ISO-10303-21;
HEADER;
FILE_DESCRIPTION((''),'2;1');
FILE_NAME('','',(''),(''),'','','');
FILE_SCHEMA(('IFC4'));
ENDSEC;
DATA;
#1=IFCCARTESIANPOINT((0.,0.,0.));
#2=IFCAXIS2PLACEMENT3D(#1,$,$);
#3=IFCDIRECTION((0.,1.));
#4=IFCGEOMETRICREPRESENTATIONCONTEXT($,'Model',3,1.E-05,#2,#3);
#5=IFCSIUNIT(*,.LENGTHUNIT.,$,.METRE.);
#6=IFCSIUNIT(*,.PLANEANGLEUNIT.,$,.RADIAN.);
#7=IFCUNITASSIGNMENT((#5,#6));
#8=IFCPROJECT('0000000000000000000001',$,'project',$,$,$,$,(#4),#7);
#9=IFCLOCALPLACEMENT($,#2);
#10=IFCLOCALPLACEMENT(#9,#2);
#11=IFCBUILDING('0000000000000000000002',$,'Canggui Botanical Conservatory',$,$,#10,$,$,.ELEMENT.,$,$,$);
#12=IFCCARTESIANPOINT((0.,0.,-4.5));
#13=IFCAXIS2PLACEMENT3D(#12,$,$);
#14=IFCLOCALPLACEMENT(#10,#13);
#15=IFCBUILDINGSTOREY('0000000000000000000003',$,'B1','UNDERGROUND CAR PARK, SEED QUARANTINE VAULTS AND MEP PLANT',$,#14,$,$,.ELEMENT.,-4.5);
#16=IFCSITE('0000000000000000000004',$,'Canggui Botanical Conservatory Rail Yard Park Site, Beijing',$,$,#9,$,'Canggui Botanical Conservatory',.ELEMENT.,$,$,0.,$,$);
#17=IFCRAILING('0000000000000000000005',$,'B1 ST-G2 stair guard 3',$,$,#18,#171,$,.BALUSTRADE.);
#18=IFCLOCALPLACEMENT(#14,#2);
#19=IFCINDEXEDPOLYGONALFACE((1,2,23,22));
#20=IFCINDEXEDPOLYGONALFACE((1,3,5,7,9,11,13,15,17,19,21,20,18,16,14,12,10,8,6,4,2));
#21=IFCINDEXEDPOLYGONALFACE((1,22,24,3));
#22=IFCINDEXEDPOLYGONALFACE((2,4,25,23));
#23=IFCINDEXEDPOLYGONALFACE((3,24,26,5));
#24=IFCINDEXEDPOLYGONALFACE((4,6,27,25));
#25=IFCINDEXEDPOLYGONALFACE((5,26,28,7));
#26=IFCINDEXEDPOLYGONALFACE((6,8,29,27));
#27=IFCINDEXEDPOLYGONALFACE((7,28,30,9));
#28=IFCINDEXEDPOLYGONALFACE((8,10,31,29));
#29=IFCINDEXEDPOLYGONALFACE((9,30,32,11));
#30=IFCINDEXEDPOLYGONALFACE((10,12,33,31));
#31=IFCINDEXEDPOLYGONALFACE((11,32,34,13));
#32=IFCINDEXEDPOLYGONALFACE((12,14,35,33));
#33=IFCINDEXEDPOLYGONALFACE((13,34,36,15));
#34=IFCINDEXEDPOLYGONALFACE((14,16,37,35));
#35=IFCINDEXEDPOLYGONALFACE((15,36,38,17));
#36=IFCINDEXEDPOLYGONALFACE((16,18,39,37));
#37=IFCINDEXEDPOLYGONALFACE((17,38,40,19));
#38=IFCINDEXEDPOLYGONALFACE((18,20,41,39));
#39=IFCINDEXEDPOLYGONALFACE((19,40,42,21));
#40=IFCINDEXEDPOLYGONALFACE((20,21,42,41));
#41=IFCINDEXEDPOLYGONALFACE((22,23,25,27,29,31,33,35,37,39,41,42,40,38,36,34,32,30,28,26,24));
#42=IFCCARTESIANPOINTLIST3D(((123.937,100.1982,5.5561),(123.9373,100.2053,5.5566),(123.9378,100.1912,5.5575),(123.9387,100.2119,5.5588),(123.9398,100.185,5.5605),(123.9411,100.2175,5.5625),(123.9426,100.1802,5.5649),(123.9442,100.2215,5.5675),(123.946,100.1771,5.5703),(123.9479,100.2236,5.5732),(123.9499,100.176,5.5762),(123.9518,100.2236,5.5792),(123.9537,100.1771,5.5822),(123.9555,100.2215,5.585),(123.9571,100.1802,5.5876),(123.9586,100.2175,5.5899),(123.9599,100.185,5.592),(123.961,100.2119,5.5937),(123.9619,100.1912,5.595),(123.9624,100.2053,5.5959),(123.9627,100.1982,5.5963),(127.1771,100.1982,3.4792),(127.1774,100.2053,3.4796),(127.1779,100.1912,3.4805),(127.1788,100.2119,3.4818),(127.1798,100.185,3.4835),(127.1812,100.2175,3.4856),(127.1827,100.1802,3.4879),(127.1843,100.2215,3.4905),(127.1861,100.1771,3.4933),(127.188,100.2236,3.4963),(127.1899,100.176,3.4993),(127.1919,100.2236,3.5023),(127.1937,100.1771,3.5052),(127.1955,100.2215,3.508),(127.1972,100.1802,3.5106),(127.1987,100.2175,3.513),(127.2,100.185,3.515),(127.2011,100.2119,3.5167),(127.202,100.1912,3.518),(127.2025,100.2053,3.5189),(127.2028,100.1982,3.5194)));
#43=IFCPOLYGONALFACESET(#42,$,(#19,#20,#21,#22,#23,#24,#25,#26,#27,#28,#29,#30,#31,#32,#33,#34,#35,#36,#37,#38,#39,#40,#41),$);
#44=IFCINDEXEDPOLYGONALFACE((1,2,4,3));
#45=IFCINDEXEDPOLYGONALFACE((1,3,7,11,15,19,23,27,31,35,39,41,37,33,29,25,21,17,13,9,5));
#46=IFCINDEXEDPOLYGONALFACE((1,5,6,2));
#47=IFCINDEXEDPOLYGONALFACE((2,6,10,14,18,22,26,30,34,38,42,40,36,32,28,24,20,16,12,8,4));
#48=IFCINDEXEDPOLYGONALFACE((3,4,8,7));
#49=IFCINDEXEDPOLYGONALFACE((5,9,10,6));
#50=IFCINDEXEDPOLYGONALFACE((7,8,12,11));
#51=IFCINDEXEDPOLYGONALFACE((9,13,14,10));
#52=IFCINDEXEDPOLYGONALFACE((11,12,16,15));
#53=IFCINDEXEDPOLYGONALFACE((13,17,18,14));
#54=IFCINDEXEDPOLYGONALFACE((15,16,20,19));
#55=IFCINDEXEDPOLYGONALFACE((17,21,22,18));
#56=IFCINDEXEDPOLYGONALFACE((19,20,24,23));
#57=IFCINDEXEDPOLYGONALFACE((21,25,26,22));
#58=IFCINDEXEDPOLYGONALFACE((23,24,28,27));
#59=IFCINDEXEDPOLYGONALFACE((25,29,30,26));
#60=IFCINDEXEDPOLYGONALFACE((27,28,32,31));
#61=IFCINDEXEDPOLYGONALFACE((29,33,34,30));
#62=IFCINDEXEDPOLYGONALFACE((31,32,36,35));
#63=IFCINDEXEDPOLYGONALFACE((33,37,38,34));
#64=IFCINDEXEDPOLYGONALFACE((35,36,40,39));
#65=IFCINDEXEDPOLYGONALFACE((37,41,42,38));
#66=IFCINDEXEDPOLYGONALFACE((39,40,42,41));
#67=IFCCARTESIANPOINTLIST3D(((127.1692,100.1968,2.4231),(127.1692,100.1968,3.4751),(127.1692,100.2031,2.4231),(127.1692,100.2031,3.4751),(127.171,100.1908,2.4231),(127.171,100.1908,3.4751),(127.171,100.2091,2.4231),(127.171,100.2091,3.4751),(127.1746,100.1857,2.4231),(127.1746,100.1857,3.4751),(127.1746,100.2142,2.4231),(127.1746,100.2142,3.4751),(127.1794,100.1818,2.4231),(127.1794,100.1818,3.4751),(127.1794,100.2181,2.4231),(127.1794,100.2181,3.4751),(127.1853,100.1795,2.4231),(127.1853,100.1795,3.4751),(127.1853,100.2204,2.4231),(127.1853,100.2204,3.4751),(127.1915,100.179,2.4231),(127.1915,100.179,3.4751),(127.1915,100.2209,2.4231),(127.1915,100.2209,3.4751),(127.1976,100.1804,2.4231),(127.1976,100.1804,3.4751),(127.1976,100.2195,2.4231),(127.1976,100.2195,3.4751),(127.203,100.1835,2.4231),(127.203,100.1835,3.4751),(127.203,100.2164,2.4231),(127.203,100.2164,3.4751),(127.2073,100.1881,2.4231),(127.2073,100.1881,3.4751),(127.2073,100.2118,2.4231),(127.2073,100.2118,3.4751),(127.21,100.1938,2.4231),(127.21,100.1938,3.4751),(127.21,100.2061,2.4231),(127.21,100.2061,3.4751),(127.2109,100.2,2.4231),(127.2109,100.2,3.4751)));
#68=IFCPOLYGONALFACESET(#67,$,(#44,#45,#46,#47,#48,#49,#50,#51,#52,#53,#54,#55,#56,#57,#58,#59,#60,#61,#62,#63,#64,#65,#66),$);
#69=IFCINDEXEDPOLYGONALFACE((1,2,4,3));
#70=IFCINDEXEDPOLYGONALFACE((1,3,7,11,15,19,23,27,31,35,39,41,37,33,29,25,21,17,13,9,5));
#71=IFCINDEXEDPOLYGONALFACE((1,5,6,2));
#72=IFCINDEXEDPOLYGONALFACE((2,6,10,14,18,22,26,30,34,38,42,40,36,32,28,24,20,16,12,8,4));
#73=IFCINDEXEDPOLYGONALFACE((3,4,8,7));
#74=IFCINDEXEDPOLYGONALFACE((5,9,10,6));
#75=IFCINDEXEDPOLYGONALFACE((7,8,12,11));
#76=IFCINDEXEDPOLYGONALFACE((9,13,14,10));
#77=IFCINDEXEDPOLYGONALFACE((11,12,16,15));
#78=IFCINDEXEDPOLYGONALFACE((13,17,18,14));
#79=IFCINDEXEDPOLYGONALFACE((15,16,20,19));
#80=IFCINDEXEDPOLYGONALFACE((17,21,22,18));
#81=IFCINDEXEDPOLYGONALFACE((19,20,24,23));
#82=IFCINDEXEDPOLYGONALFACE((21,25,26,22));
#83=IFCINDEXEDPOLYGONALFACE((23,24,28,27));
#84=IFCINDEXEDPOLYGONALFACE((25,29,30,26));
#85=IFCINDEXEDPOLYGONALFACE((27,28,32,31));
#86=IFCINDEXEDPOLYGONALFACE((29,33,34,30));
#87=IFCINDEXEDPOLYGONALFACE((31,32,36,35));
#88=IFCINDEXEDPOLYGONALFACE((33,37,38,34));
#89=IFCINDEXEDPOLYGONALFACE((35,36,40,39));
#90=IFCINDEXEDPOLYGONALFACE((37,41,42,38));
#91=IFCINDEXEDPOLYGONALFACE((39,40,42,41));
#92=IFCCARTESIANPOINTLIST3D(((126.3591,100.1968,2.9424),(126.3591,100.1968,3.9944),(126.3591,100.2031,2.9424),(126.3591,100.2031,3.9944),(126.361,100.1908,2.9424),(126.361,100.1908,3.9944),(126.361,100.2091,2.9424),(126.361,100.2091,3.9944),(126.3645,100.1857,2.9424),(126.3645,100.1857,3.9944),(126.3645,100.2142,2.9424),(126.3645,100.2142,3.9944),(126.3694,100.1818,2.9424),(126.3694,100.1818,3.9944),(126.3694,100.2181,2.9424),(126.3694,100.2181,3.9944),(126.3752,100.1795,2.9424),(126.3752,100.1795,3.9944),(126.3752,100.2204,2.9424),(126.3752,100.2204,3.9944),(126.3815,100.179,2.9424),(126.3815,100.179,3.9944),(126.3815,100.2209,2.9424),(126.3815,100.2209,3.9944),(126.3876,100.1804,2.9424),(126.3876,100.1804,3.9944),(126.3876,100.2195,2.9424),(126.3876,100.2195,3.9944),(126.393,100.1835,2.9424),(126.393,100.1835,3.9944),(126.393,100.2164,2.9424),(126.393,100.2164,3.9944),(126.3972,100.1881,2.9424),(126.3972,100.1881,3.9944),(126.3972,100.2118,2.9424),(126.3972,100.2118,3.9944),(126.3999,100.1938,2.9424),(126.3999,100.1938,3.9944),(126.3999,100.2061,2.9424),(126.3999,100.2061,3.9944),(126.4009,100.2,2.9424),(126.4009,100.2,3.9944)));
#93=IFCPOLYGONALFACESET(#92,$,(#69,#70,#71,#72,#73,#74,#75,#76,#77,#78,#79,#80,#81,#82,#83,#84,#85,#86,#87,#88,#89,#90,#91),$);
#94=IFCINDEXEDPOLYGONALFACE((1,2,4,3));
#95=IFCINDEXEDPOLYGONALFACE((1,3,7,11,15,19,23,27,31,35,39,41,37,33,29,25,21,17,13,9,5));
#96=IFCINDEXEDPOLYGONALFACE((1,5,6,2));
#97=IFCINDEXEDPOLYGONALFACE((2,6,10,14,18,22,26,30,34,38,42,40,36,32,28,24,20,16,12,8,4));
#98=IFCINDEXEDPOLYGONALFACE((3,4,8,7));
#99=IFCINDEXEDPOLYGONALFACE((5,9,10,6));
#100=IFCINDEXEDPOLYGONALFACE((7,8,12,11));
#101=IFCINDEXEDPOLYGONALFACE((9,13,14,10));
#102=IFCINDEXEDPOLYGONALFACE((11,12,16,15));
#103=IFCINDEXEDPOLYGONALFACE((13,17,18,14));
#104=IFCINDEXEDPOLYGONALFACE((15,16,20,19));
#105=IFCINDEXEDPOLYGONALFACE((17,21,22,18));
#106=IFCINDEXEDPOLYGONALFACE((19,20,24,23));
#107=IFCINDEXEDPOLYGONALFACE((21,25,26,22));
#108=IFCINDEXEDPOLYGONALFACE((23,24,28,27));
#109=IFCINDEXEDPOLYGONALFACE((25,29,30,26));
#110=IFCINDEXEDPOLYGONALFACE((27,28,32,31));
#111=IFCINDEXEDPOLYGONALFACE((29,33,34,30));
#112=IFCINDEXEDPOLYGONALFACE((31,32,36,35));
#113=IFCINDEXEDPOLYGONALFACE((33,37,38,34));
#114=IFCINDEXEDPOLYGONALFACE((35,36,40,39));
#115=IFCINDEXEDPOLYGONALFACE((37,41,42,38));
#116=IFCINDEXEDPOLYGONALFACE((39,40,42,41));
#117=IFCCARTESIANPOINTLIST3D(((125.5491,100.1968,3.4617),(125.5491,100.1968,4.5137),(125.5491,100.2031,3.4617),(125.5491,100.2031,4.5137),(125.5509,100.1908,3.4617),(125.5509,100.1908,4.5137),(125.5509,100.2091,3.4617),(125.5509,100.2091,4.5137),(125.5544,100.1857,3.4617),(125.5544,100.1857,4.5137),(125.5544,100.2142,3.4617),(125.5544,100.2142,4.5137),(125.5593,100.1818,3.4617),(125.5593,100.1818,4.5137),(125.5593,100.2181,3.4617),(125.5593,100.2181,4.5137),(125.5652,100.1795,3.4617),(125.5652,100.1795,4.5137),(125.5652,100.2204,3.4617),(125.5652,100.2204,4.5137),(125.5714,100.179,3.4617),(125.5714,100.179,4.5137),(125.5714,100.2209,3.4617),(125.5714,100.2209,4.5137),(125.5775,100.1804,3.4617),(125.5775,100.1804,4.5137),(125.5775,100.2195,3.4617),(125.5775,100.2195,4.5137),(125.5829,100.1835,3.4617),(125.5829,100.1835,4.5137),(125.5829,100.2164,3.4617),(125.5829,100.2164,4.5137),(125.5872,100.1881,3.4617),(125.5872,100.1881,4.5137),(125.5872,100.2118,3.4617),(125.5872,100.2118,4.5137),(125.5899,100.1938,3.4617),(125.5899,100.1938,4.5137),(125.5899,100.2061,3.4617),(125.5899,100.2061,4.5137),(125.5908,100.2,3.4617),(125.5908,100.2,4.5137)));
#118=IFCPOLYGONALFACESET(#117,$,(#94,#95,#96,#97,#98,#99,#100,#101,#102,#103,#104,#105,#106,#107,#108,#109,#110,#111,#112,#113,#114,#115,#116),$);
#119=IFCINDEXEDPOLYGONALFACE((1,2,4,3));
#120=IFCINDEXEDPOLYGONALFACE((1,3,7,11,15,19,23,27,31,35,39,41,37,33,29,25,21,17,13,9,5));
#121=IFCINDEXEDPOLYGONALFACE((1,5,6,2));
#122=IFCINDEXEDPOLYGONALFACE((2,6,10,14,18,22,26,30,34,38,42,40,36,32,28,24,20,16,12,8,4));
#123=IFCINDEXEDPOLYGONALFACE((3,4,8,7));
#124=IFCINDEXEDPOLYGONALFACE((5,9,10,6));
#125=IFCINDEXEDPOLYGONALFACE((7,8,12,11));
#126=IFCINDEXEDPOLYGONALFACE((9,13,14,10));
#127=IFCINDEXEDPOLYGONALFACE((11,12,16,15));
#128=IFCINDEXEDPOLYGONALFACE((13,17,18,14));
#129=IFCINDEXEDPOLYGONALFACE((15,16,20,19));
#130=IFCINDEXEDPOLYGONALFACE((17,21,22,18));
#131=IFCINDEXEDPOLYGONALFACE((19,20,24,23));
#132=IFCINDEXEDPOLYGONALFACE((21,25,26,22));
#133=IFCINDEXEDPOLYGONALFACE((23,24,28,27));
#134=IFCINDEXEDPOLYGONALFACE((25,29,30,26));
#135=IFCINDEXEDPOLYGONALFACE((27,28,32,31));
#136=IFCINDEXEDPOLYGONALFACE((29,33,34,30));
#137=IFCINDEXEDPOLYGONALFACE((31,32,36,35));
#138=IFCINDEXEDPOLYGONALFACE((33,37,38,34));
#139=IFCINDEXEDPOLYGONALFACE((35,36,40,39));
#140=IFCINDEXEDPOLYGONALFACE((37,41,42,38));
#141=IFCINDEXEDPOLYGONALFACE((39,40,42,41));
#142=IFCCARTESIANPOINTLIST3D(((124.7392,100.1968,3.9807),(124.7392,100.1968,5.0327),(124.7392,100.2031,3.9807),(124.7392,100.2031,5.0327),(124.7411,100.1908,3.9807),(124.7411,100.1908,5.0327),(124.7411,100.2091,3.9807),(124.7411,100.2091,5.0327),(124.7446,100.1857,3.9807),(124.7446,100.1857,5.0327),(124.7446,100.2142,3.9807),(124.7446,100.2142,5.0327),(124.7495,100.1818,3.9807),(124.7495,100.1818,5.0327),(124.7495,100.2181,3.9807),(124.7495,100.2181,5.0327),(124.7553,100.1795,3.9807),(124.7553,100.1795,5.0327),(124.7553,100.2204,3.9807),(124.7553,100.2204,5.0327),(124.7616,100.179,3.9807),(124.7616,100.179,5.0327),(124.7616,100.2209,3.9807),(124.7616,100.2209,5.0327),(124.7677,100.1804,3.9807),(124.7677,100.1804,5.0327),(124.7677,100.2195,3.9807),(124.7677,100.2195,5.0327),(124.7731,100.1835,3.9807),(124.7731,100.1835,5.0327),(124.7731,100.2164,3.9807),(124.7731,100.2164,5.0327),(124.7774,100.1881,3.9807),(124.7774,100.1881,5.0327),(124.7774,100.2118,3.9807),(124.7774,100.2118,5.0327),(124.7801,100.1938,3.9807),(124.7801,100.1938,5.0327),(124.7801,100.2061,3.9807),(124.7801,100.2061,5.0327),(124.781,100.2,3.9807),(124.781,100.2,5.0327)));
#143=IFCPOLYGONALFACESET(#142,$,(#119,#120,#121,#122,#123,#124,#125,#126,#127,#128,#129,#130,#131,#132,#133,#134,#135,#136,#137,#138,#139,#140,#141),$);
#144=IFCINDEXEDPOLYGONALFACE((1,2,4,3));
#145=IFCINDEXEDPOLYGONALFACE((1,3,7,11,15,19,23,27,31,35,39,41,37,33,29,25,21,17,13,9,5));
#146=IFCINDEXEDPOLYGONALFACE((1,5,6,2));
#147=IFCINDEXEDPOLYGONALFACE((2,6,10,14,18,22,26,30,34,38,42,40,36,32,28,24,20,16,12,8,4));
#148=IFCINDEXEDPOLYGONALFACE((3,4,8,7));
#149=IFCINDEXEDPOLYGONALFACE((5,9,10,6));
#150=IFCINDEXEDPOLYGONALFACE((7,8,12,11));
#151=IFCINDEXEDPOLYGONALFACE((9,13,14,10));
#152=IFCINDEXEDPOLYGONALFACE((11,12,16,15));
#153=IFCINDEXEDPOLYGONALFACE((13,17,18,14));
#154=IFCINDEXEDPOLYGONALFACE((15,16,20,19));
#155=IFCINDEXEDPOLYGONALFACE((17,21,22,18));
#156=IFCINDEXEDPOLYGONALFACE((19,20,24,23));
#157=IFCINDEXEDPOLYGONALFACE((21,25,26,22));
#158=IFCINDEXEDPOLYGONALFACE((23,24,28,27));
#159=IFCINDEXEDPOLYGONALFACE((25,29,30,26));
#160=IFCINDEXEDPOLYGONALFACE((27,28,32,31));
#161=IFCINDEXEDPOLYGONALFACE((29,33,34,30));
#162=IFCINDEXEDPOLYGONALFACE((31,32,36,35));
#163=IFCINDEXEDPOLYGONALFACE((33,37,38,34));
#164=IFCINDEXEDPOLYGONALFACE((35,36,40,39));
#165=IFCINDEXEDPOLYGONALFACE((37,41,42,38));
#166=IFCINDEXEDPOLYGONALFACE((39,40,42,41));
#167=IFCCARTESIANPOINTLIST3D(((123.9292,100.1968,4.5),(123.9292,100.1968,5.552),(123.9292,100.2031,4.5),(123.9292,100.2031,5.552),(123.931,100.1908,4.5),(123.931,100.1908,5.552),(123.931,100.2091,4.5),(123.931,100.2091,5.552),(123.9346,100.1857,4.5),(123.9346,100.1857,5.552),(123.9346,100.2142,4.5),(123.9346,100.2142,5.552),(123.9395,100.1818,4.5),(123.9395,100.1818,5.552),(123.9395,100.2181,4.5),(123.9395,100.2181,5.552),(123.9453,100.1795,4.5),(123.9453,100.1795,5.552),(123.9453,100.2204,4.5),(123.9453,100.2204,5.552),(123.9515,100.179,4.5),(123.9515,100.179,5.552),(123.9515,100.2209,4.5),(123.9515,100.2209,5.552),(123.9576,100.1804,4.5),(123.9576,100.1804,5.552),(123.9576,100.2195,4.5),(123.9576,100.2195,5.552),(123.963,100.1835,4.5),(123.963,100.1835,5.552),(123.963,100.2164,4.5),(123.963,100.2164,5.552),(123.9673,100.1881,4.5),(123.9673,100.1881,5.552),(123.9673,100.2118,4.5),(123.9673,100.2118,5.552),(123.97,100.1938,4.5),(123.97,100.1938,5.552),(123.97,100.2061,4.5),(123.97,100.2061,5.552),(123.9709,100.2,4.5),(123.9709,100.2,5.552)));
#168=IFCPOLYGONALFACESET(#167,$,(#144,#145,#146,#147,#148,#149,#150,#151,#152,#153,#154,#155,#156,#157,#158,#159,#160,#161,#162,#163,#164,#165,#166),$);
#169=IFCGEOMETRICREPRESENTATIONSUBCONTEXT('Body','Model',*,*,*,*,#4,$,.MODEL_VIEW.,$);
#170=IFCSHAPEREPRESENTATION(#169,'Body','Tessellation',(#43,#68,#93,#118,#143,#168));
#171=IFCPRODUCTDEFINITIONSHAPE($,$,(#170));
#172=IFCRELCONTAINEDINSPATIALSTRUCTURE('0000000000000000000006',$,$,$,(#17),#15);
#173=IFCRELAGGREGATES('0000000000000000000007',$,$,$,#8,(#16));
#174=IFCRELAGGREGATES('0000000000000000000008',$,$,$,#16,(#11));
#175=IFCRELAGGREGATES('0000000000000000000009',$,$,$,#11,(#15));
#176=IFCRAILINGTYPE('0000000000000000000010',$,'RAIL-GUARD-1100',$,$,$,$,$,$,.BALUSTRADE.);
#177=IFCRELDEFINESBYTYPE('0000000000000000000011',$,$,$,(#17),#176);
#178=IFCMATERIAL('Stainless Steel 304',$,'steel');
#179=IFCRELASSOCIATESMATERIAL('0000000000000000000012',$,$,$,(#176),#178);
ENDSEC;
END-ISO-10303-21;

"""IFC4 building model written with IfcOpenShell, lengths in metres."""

from ifc_helpers import new_model, si_unit, direction, frame, origin, origin_2d, place, context, subcontext, project, spatial, circle, extrude, material, type_object, element, save


model = new_model("IFC4")

# Units and contexts
model_context = context("Model", 3, precision=1e-05, world=origin(), true_north=direction((0.0, 1.0)))
body_context = subcontext(model_context, "Body", "Model", "MODEL_VIEW")
ifc_project = project(units=[si_unit("LENGTHUNIT", "METRE"), si_unit("PLANEANGLEUNIT", "RADIAN")], contexts=[model_context])

# Site, building, storey
site_placement = place(None, origin())
site = spatial("IfcSite", under=ifc_project, at=site_placement, Name="Canggui Botanical Conservatory Rail Yard Park Site, Beijing", LongName="Canggui Botanical Conservatory", CompositionType="ELEMENT", RefElevation=0.0)
building_placement = place(site_placement, origin())
building = spatial("IfcBuilding", under=site, at=building_placement, Name="Canggui Botanical Conservatory", CompositionType="ELEMENT")
storey_placement = place(building_placement, frame((0.0, 0.0, -4.5)))
storey = spatial("IfcBuildingStorey", under=building, at=storey_placement, Name="B1", Description="UNDERGROUND CAR PARK, SEED QUARANTINE VAULTS AND MEP PLANT", CompositionType="ELEMENT", Elevation=-4.5)

# Railing
ifc_material_1 = material(Name="Stainless Steel 304", Category="steel")
railing_type_1 = type_object("IfcRailingType", Name="RAIL-GUARD-1100", PredefinedType="BALUSTRADE", material=ifc_material_1)
railing_1_placement = place(storey_placement, frame((127.1899, 100.2, 2.4231)))
element("IfcRailing", 1, at=railing_1_placement, inside=storey, type_object=railing_type_1, Name="B1 ST-G2 stair guard 3", PredefinedType="BALUSTRADE", context=body_context, shape_type="SweptSolid", body=[
    extrude(circle(Radius=0.0239, at=origin_2d()), frame((0.0, 0.0, 1.0762), z_axis=(-0.841881, 0.0, 0.539664), x_axis=(0.0, -1.0, 0.0)), (0.0, 0.0, 1.0), 3.8486),
    extrude(circle(Radius=0.021, at=origin_2d()), origin(), (0.0, 0.0, 1.0), 1.052),
    extrude(circle(Radius=0.021, at=origin_2d()), frame((-0.8101, 0.0, 0.5193)), (0.0, 0.0, 1.0), 1.052),
    extrude(circle(Radius=0.021, at=origin_2d()), frame((-1.6201, 0.0, 1.0386)), (0.0, 0.0, 1.0), 1.052),
    extrude(circle(Radius=0.021, at=origin_2d()), frame((-2.4299, 0.0, 1.5576)), (0.0, 0.0, 1.0), 1.052),
    extrude(circle(Radius=0.021, at=origin_2d()), frame((-3.24, 0.0, 2.0769)), (0.0, 0.0, 1.0), 1.052),
])

save(model, "model.ifc")
